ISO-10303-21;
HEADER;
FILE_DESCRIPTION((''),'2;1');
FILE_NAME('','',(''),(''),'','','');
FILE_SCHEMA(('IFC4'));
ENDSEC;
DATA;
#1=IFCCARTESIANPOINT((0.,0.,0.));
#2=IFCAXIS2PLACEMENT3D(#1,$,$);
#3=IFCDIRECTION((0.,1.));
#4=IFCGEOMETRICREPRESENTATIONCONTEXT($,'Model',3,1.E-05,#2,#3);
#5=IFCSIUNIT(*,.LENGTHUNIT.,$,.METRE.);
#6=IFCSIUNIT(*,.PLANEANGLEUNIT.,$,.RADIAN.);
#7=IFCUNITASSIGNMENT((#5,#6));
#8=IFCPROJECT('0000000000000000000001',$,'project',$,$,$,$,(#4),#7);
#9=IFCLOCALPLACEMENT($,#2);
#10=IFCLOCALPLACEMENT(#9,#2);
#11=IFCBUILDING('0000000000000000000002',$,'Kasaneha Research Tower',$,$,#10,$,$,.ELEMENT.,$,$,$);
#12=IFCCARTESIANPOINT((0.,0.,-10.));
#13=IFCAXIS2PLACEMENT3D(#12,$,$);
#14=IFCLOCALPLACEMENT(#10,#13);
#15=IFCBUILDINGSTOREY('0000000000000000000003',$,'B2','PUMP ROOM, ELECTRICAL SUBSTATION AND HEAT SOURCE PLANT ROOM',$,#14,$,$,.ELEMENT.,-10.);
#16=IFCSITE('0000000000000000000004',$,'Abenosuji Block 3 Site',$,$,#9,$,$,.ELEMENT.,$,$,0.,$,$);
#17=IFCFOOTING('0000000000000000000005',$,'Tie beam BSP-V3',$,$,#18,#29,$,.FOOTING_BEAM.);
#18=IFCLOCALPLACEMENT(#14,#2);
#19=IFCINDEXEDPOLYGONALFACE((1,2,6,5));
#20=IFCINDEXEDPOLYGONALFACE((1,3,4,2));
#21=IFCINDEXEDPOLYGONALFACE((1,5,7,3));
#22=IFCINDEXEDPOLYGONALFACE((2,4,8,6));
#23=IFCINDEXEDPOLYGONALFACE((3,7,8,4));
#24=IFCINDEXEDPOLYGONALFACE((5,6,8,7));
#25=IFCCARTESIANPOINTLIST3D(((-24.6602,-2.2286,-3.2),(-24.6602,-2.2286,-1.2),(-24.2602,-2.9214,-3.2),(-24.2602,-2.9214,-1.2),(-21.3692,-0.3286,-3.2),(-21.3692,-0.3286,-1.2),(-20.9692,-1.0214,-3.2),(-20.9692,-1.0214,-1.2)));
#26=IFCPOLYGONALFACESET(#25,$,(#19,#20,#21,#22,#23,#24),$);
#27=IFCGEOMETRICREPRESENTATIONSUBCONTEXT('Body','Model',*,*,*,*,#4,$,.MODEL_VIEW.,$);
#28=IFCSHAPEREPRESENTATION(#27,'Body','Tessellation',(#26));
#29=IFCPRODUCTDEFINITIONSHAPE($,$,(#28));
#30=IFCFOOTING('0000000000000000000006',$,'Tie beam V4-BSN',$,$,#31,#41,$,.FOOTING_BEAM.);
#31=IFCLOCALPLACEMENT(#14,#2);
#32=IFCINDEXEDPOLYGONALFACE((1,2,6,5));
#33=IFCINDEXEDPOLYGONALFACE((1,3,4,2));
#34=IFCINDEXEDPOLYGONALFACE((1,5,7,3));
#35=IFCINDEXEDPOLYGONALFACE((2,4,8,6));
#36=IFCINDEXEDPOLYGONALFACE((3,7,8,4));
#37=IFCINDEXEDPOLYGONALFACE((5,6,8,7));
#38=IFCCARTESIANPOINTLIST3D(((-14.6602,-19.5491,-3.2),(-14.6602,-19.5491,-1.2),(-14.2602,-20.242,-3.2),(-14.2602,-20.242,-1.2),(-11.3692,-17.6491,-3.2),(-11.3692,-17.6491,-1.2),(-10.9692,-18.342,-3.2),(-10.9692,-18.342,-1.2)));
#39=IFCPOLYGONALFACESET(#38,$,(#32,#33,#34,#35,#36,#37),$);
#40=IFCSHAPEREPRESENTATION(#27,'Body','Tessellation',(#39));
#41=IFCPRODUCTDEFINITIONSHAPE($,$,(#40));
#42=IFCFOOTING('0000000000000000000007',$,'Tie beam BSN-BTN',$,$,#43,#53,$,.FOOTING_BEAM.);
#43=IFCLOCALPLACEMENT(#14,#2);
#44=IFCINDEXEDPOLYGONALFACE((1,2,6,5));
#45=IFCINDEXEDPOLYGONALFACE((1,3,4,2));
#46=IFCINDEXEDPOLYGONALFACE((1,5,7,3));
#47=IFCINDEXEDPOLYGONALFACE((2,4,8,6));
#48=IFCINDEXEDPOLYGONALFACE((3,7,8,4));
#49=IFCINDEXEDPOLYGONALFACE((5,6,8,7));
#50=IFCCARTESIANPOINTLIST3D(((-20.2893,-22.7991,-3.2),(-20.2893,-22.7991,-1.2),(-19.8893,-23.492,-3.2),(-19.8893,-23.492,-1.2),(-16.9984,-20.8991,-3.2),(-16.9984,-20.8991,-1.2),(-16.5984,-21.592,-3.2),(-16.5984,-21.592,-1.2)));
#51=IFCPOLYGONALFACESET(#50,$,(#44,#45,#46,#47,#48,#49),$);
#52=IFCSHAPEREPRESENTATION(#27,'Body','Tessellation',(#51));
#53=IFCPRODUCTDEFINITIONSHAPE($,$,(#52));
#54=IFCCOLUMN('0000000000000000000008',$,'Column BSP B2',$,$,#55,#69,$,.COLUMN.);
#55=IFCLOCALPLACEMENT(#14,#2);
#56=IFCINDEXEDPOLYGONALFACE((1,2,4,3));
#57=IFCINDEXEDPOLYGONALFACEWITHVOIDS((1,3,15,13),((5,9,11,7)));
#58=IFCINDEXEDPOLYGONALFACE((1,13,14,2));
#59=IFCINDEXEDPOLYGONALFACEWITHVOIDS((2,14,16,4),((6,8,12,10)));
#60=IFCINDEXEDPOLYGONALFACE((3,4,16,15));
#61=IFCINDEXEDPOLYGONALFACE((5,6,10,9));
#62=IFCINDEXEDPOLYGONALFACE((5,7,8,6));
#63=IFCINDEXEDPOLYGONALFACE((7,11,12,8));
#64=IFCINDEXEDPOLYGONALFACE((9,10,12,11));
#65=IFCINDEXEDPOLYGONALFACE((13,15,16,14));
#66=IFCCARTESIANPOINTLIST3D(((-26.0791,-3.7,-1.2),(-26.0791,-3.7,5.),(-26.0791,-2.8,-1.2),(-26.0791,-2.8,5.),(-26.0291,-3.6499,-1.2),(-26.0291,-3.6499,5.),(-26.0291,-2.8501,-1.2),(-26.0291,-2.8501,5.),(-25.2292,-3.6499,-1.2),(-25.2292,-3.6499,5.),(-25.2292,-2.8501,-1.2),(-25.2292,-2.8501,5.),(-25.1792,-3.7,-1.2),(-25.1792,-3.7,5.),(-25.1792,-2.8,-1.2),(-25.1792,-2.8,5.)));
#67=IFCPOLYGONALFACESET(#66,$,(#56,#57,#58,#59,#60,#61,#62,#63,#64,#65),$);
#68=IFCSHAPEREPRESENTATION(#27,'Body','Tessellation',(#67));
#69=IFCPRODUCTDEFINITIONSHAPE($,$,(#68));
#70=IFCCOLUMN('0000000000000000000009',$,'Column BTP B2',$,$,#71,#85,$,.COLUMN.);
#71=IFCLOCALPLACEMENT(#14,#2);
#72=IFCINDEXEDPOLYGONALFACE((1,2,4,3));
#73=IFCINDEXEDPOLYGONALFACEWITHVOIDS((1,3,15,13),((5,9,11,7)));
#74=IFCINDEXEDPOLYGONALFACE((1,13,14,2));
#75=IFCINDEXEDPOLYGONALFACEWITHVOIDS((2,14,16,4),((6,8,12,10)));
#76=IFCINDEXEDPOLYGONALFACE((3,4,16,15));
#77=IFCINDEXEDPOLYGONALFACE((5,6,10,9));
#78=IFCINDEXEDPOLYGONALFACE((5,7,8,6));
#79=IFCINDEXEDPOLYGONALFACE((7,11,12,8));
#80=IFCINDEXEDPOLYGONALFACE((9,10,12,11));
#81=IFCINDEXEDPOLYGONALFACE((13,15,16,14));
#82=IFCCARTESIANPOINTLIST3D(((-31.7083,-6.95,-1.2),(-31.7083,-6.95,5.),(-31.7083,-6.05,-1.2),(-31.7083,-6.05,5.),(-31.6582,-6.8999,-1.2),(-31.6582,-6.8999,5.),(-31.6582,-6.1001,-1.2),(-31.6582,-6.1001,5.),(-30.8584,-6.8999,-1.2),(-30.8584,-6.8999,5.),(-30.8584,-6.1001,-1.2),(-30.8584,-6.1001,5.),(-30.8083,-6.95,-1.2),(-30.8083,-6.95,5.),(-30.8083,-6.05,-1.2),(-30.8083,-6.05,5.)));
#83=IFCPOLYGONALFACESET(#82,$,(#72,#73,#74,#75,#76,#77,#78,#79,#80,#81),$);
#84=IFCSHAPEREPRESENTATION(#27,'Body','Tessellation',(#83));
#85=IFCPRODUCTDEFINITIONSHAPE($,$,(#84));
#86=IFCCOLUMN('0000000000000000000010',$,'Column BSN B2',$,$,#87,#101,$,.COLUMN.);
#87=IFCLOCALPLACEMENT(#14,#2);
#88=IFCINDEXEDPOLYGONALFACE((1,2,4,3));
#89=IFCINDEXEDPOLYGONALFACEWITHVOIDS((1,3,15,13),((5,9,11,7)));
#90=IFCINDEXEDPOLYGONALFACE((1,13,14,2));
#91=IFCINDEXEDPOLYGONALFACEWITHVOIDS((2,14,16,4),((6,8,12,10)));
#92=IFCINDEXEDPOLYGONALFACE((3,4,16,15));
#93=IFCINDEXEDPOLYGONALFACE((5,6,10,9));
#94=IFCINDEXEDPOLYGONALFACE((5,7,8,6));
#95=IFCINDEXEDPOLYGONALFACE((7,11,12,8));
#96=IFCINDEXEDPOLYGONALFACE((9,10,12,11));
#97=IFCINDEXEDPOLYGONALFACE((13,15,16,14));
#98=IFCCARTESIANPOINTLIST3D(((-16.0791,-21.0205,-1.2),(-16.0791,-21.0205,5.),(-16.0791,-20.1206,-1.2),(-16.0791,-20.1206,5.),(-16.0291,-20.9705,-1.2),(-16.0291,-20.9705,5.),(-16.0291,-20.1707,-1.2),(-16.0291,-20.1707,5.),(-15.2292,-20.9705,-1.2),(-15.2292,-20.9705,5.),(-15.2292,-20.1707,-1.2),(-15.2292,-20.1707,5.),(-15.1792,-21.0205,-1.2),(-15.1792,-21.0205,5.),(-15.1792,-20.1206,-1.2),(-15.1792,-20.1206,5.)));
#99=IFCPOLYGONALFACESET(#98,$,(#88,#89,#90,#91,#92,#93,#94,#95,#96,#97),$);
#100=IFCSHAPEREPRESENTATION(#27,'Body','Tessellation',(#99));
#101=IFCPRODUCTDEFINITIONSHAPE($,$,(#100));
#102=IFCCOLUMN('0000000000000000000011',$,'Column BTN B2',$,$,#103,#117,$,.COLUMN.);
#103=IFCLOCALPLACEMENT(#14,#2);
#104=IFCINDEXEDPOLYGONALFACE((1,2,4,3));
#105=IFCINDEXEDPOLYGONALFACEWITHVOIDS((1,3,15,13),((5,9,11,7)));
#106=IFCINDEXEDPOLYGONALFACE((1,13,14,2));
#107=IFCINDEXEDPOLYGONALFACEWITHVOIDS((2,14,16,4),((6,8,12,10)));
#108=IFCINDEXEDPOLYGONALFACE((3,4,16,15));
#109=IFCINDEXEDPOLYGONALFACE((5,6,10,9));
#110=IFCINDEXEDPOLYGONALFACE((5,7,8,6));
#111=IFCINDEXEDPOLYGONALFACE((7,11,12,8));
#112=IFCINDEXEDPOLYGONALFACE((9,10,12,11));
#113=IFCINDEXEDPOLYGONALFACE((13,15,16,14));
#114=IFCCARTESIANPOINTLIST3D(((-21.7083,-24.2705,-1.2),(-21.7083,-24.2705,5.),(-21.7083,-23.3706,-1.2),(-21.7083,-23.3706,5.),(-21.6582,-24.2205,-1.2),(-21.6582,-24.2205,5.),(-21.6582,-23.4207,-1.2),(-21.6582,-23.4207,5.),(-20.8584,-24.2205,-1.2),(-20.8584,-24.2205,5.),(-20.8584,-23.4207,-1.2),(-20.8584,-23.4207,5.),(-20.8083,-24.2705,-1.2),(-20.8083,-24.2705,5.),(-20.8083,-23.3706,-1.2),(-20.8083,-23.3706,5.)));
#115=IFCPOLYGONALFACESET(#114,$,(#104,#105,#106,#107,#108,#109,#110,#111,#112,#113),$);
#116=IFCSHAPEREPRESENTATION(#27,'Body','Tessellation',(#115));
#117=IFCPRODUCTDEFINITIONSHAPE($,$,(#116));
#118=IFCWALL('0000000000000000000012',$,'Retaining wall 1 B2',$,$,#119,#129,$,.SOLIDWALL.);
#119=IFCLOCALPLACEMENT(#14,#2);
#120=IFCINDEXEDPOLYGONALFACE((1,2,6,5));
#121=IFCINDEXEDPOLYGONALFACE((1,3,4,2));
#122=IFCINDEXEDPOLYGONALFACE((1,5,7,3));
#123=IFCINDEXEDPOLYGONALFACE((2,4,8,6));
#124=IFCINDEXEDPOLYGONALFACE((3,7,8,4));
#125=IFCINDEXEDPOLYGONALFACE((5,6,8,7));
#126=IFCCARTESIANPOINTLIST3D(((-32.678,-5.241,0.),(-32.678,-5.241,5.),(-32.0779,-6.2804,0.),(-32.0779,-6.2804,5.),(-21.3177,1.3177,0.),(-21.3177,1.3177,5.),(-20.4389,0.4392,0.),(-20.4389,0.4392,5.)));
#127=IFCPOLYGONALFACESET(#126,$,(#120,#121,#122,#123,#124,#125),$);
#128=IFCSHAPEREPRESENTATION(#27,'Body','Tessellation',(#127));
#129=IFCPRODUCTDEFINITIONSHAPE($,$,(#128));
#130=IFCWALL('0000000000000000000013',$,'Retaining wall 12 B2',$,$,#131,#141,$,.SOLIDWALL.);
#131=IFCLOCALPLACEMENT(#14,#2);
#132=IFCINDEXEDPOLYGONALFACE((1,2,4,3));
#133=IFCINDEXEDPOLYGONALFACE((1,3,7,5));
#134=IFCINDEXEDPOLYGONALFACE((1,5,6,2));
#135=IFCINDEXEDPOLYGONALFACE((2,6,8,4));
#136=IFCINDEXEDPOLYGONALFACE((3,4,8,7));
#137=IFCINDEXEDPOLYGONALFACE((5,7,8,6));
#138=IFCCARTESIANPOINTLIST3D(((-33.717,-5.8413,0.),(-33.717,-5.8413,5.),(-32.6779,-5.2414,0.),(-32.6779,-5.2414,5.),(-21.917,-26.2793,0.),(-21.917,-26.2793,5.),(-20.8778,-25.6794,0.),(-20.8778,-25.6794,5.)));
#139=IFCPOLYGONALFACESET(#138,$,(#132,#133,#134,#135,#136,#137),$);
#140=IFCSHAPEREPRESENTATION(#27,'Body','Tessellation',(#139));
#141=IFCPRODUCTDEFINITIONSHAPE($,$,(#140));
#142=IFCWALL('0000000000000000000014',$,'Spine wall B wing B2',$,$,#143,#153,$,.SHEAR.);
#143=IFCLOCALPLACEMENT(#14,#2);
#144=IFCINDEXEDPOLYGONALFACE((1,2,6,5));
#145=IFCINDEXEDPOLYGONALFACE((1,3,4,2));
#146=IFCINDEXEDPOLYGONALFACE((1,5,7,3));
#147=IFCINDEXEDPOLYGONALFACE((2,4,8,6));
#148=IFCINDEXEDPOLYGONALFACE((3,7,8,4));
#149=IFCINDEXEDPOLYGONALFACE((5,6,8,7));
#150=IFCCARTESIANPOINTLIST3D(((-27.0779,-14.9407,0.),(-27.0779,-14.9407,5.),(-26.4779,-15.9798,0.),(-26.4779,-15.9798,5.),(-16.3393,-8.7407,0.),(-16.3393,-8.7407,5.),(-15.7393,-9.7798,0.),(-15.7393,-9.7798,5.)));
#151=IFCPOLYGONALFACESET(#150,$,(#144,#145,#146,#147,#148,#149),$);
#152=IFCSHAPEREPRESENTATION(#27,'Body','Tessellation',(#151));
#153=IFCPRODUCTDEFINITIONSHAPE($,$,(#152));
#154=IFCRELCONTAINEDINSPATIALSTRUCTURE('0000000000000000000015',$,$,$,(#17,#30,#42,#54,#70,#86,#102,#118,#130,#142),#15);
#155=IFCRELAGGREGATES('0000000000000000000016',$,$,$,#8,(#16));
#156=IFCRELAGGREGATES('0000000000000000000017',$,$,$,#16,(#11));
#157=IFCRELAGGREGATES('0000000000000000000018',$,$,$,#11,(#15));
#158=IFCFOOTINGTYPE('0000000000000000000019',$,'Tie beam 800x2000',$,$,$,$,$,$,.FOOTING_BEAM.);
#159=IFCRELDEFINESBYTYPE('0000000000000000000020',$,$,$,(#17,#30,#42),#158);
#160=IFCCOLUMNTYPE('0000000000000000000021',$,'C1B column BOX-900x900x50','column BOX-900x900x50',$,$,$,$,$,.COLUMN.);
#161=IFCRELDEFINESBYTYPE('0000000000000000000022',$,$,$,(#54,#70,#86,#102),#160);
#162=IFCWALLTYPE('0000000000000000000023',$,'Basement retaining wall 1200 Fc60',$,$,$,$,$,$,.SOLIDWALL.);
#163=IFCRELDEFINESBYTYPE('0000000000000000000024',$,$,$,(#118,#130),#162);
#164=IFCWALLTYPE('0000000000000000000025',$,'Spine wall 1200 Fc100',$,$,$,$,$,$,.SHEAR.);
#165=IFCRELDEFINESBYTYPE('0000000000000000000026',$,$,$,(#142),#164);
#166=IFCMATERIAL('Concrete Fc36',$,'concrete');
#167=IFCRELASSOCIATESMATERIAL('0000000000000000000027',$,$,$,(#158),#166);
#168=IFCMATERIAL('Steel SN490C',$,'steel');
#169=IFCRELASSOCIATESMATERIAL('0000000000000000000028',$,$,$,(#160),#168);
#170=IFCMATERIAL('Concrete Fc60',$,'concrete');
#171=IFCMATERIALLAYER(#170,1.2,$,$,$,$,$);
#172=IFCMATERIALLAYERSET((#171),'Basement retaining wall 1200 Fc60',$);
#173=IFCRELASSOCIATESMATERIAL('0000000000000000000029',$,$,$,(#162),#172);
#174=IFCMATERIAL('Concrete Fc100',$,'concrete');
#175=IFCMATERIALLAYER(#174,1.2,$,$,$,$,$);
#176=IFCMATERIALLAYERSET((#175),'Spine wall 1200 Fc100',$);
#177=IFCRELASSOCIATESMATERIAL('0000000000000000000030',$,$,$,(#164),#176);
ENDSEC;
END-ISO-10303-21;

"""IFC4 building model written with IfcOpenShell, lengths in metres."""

from ifc_helpers import new_model, si_unit, direction, frame, frame_2d, origin, origin_2d, place, context, subcontext, project, spatial, polyline, rectangle, hollow_rectangle, outline, extrude, material, layer, layer_set, material_profile, profile_set, type_object, element, save


model = new_model("IFC4")

# Units and contexts
model_context = context("Model", 3, precision=1e-05, world=origin(), true_north=direction((0.0, 1.0)))
body_context = subcontext(model_context, "Body", "Model", "MODEL_VIEW")
ifc_project = project(units=[si_unit("LENGTHUNIT", "METRE"), si_unit("PLANEANGLEUNIT", "RADIAN")], contexts=[model_context])

# Site, building, storey
site_placement = place(None, origin())
site = spatial("IfcSite", under=ifc_project, at=site_placement, Name="Abenosuji Block 3 Site", CompositionType="ELEMENT", RefElevation=0.0)
building_placement = place(site_placement, origin())
building = spatial("IfcBuilding", under=site, at=building_placement, Name="Kasaneha Research Tower", CompositionType="ELEMENT")
storey_placement = place(building_placement, frame((0.0, 0.0, -10.0)))
storey = spatial("IfcBuildingStorey", under=building, at=storey_placement, Name="B2", Description="PUMP ROOM, ELECTRICAL SUBSTATION AND HEAT SOURCE PLANT ROOM", CompositionType="ELEMENT", Elevation=-10.0)

# Footings
ifc_material_1 = material(Name="Concrete Fc36", Category="concrete")
footing_type_1 = type_object("IfcFootingType", Name="Tie beam 800x2000", PredefinedType="FOOTING_BEAM", material=ifc_material_1)
for number, where, z_axis, x_axis, name in (
    (1, (-22.8147, -1.625, -3.2), (0.0, 0.0, 1.0), (0.866025, 0.5, 0.0), "Tie beam BSP-V3"),
    (2, (-12.8147, -18.9456, -3.2), (0.0, 0.0, 1.0), (-0.866025, -0.5, 0.0), "Tie beam V4-BSN"),
    (3, (-18.4438, -22.1956, -3.2), (0.0, 0.0, 1.0), (-0.866025, -0.5, 0.0), "Tie beam BSN-BTN"),
):
    element("IfcFooting", number, at=place(storey_placement, frame(where, z_axis=z_axis, x_axis=x_axis)), inside=storey, type_object=footing_type_1, Name=name, PredefinedType="FOOTING_BEAM", context=body_context, shape_type="SweptSolid", body=[
        extrude(rectangle(XDim=3.8, YDim=0.8, at=origin_2d()), origin(), (0.0, 0.0, 1.0), 2.0),
    ])

# Columns
ifc_material_2 = material(Name="Steel SN490C", Category="steel")
ifc_material_profile_1 = material_profile(ifc_material_2, hollow_rectangle(XDim=0.8999, YDim=0.8999, WallThickness=0.05, at=origin_2d()), Name="BOX-900x900x50")
ifc_profile_set_1 = profile_set([ifc_material_profile_1], Name="Steel SN490C")
column_type = type_object("IfcColumnType", Name="C1B column BOX-900x900x50", Description="column BOX-900x900x50", PredefinedType="COLUMN", material=ifc_profile_set_1)
for number, where, z_axis, x_axis, name in (
    (4, (-25.6292, -3.25, -1.2), (0.0, 0.0, 1.0), (1.0, 0.0, 0.0), "Column BSP B2"),
    (5, (-31.2583, -6.5, -1.2), (0.0, 0.0, 1.0), (1.0, 0.0, 0.0), "Column BTP B2"),
    (6, (-15.6292, -20.5706, -1.2), (0.0, 0.0, 1.0), (1.0, 0.0, 0.0), "Column BSN B2"),
    (7, (-21.2583, -23.8206, -1.2), (0.0, 0.0, 1.0), (1.0, 0.0, 0.0), "Column BTN B2"),
):
    element("IfcColumn", number, at=place(storey_placement, frame(where, z_axis=z_axis, x_axis=x_axis)), inside=storey, type_object=column_type, Name=name, PredefinedType="COLUMN", context=body_context, shape_type="SweptSolid", body=[
        extrude(hollow_rectangle(XDim=0.8999, YDim=0.8999, WallThickness=0.05, at=origin_2d()), origin(), (0.0, 0.0, 1.0), 6.2),
    ])

# Walls
ifc_material_3 = material(Name="Concrete Fc60", Category="concrete")
ifc_layer_1 = layer(ifc_material_3, 1.2)
ifc_layer_set_1 = layer_set([ifc_layer_1], Name="Basement retaining wall 1200 Fc60")
wall_type_1 = type_object("IfcWallType", Name="Basement retaining wall 1200 Fc60", PredefinedType="SOLIDWALL", material=ifc_layer_set_1)
wall_1_placement = place(storey_placement, frame((-32.3779, -5.7607, 0.0), z_axis=(0.0, 0.0, 1.0), x_axis=(0.866028, 0.499995, 0.0)))
element("IfcWall", 8, at=wall_1_placement, inside=storey, type_object=wall_type_1, Name="Retaining wall 1 B2", PredefinedType="SOLIDWALL", context=body_context, shape_type="SweptSolid", body=[
    extrude(outline(polyline([(0.0, -0.6001), (13.4395, -0.6001), (13.1177, 0.6001), (0.0, 0.6001), (0.0, -0.6001)])), origin(), (0.0, 0.0, 1.0), 5.0),
])
wall_2_placement = place(storey_placement, frame((-21.3975, -25.9792, 0.0), z_axis=(0.0, 0.0, 1.0), x_axis=(-0.500005, 0.866022, 0.0)))
element("IfcWall", 9, at=wall_2_placement, inside=storey, type_object=wall_type_1, Name="Retaining wall 12 B2", PredefinedType="SOLIDWALL", context=body_context, shape_type="SweptSolid", body=[
    extrude(rectangle(XDim=23.5999, YDim=1.2, at=frame_2d((11.7998, 0.0))), origin(), (0.0, 0.0, 1.0), 5.0),
])
ifc_material_4 = material(Name="Concrete Fc100", Category="concrete")
ifc_layer_2 = layer(ifc_material_4, 1.2)
ifc_layer_set_2 = layer_set([ifc_layer_2], Name="Spine wall 1200 Fc100")
wall_type_2 = type_object("IfcWallType", Name="Spine wall 1200 Fc100", PredefinedType="SHEAR", material=ifc_layer_set_2)
wall_3_placement = place(storey_placement, frame((-16.0393, -9.2603, 0.0), z_axis=(0.0, 0.0, 1.0), x_axis=(-0.866023, -0.500004, 0.0)))
element("IfcWall", 10, at=wall_3_placement, inside=storey, type_object=wall_type_2, Name="Spine wall B wing B2", PredefinedType="SHEAR", context=body_context, shape_type="SweptSolid", body=[
    extrude(rectangle(XDim=12.3999, YDim=1.2, at=frame_2d((6.2, 0.0))), origin(), (0.0, 0.0, 1.0), 5.0),
])

save(model, "model.ifc")
